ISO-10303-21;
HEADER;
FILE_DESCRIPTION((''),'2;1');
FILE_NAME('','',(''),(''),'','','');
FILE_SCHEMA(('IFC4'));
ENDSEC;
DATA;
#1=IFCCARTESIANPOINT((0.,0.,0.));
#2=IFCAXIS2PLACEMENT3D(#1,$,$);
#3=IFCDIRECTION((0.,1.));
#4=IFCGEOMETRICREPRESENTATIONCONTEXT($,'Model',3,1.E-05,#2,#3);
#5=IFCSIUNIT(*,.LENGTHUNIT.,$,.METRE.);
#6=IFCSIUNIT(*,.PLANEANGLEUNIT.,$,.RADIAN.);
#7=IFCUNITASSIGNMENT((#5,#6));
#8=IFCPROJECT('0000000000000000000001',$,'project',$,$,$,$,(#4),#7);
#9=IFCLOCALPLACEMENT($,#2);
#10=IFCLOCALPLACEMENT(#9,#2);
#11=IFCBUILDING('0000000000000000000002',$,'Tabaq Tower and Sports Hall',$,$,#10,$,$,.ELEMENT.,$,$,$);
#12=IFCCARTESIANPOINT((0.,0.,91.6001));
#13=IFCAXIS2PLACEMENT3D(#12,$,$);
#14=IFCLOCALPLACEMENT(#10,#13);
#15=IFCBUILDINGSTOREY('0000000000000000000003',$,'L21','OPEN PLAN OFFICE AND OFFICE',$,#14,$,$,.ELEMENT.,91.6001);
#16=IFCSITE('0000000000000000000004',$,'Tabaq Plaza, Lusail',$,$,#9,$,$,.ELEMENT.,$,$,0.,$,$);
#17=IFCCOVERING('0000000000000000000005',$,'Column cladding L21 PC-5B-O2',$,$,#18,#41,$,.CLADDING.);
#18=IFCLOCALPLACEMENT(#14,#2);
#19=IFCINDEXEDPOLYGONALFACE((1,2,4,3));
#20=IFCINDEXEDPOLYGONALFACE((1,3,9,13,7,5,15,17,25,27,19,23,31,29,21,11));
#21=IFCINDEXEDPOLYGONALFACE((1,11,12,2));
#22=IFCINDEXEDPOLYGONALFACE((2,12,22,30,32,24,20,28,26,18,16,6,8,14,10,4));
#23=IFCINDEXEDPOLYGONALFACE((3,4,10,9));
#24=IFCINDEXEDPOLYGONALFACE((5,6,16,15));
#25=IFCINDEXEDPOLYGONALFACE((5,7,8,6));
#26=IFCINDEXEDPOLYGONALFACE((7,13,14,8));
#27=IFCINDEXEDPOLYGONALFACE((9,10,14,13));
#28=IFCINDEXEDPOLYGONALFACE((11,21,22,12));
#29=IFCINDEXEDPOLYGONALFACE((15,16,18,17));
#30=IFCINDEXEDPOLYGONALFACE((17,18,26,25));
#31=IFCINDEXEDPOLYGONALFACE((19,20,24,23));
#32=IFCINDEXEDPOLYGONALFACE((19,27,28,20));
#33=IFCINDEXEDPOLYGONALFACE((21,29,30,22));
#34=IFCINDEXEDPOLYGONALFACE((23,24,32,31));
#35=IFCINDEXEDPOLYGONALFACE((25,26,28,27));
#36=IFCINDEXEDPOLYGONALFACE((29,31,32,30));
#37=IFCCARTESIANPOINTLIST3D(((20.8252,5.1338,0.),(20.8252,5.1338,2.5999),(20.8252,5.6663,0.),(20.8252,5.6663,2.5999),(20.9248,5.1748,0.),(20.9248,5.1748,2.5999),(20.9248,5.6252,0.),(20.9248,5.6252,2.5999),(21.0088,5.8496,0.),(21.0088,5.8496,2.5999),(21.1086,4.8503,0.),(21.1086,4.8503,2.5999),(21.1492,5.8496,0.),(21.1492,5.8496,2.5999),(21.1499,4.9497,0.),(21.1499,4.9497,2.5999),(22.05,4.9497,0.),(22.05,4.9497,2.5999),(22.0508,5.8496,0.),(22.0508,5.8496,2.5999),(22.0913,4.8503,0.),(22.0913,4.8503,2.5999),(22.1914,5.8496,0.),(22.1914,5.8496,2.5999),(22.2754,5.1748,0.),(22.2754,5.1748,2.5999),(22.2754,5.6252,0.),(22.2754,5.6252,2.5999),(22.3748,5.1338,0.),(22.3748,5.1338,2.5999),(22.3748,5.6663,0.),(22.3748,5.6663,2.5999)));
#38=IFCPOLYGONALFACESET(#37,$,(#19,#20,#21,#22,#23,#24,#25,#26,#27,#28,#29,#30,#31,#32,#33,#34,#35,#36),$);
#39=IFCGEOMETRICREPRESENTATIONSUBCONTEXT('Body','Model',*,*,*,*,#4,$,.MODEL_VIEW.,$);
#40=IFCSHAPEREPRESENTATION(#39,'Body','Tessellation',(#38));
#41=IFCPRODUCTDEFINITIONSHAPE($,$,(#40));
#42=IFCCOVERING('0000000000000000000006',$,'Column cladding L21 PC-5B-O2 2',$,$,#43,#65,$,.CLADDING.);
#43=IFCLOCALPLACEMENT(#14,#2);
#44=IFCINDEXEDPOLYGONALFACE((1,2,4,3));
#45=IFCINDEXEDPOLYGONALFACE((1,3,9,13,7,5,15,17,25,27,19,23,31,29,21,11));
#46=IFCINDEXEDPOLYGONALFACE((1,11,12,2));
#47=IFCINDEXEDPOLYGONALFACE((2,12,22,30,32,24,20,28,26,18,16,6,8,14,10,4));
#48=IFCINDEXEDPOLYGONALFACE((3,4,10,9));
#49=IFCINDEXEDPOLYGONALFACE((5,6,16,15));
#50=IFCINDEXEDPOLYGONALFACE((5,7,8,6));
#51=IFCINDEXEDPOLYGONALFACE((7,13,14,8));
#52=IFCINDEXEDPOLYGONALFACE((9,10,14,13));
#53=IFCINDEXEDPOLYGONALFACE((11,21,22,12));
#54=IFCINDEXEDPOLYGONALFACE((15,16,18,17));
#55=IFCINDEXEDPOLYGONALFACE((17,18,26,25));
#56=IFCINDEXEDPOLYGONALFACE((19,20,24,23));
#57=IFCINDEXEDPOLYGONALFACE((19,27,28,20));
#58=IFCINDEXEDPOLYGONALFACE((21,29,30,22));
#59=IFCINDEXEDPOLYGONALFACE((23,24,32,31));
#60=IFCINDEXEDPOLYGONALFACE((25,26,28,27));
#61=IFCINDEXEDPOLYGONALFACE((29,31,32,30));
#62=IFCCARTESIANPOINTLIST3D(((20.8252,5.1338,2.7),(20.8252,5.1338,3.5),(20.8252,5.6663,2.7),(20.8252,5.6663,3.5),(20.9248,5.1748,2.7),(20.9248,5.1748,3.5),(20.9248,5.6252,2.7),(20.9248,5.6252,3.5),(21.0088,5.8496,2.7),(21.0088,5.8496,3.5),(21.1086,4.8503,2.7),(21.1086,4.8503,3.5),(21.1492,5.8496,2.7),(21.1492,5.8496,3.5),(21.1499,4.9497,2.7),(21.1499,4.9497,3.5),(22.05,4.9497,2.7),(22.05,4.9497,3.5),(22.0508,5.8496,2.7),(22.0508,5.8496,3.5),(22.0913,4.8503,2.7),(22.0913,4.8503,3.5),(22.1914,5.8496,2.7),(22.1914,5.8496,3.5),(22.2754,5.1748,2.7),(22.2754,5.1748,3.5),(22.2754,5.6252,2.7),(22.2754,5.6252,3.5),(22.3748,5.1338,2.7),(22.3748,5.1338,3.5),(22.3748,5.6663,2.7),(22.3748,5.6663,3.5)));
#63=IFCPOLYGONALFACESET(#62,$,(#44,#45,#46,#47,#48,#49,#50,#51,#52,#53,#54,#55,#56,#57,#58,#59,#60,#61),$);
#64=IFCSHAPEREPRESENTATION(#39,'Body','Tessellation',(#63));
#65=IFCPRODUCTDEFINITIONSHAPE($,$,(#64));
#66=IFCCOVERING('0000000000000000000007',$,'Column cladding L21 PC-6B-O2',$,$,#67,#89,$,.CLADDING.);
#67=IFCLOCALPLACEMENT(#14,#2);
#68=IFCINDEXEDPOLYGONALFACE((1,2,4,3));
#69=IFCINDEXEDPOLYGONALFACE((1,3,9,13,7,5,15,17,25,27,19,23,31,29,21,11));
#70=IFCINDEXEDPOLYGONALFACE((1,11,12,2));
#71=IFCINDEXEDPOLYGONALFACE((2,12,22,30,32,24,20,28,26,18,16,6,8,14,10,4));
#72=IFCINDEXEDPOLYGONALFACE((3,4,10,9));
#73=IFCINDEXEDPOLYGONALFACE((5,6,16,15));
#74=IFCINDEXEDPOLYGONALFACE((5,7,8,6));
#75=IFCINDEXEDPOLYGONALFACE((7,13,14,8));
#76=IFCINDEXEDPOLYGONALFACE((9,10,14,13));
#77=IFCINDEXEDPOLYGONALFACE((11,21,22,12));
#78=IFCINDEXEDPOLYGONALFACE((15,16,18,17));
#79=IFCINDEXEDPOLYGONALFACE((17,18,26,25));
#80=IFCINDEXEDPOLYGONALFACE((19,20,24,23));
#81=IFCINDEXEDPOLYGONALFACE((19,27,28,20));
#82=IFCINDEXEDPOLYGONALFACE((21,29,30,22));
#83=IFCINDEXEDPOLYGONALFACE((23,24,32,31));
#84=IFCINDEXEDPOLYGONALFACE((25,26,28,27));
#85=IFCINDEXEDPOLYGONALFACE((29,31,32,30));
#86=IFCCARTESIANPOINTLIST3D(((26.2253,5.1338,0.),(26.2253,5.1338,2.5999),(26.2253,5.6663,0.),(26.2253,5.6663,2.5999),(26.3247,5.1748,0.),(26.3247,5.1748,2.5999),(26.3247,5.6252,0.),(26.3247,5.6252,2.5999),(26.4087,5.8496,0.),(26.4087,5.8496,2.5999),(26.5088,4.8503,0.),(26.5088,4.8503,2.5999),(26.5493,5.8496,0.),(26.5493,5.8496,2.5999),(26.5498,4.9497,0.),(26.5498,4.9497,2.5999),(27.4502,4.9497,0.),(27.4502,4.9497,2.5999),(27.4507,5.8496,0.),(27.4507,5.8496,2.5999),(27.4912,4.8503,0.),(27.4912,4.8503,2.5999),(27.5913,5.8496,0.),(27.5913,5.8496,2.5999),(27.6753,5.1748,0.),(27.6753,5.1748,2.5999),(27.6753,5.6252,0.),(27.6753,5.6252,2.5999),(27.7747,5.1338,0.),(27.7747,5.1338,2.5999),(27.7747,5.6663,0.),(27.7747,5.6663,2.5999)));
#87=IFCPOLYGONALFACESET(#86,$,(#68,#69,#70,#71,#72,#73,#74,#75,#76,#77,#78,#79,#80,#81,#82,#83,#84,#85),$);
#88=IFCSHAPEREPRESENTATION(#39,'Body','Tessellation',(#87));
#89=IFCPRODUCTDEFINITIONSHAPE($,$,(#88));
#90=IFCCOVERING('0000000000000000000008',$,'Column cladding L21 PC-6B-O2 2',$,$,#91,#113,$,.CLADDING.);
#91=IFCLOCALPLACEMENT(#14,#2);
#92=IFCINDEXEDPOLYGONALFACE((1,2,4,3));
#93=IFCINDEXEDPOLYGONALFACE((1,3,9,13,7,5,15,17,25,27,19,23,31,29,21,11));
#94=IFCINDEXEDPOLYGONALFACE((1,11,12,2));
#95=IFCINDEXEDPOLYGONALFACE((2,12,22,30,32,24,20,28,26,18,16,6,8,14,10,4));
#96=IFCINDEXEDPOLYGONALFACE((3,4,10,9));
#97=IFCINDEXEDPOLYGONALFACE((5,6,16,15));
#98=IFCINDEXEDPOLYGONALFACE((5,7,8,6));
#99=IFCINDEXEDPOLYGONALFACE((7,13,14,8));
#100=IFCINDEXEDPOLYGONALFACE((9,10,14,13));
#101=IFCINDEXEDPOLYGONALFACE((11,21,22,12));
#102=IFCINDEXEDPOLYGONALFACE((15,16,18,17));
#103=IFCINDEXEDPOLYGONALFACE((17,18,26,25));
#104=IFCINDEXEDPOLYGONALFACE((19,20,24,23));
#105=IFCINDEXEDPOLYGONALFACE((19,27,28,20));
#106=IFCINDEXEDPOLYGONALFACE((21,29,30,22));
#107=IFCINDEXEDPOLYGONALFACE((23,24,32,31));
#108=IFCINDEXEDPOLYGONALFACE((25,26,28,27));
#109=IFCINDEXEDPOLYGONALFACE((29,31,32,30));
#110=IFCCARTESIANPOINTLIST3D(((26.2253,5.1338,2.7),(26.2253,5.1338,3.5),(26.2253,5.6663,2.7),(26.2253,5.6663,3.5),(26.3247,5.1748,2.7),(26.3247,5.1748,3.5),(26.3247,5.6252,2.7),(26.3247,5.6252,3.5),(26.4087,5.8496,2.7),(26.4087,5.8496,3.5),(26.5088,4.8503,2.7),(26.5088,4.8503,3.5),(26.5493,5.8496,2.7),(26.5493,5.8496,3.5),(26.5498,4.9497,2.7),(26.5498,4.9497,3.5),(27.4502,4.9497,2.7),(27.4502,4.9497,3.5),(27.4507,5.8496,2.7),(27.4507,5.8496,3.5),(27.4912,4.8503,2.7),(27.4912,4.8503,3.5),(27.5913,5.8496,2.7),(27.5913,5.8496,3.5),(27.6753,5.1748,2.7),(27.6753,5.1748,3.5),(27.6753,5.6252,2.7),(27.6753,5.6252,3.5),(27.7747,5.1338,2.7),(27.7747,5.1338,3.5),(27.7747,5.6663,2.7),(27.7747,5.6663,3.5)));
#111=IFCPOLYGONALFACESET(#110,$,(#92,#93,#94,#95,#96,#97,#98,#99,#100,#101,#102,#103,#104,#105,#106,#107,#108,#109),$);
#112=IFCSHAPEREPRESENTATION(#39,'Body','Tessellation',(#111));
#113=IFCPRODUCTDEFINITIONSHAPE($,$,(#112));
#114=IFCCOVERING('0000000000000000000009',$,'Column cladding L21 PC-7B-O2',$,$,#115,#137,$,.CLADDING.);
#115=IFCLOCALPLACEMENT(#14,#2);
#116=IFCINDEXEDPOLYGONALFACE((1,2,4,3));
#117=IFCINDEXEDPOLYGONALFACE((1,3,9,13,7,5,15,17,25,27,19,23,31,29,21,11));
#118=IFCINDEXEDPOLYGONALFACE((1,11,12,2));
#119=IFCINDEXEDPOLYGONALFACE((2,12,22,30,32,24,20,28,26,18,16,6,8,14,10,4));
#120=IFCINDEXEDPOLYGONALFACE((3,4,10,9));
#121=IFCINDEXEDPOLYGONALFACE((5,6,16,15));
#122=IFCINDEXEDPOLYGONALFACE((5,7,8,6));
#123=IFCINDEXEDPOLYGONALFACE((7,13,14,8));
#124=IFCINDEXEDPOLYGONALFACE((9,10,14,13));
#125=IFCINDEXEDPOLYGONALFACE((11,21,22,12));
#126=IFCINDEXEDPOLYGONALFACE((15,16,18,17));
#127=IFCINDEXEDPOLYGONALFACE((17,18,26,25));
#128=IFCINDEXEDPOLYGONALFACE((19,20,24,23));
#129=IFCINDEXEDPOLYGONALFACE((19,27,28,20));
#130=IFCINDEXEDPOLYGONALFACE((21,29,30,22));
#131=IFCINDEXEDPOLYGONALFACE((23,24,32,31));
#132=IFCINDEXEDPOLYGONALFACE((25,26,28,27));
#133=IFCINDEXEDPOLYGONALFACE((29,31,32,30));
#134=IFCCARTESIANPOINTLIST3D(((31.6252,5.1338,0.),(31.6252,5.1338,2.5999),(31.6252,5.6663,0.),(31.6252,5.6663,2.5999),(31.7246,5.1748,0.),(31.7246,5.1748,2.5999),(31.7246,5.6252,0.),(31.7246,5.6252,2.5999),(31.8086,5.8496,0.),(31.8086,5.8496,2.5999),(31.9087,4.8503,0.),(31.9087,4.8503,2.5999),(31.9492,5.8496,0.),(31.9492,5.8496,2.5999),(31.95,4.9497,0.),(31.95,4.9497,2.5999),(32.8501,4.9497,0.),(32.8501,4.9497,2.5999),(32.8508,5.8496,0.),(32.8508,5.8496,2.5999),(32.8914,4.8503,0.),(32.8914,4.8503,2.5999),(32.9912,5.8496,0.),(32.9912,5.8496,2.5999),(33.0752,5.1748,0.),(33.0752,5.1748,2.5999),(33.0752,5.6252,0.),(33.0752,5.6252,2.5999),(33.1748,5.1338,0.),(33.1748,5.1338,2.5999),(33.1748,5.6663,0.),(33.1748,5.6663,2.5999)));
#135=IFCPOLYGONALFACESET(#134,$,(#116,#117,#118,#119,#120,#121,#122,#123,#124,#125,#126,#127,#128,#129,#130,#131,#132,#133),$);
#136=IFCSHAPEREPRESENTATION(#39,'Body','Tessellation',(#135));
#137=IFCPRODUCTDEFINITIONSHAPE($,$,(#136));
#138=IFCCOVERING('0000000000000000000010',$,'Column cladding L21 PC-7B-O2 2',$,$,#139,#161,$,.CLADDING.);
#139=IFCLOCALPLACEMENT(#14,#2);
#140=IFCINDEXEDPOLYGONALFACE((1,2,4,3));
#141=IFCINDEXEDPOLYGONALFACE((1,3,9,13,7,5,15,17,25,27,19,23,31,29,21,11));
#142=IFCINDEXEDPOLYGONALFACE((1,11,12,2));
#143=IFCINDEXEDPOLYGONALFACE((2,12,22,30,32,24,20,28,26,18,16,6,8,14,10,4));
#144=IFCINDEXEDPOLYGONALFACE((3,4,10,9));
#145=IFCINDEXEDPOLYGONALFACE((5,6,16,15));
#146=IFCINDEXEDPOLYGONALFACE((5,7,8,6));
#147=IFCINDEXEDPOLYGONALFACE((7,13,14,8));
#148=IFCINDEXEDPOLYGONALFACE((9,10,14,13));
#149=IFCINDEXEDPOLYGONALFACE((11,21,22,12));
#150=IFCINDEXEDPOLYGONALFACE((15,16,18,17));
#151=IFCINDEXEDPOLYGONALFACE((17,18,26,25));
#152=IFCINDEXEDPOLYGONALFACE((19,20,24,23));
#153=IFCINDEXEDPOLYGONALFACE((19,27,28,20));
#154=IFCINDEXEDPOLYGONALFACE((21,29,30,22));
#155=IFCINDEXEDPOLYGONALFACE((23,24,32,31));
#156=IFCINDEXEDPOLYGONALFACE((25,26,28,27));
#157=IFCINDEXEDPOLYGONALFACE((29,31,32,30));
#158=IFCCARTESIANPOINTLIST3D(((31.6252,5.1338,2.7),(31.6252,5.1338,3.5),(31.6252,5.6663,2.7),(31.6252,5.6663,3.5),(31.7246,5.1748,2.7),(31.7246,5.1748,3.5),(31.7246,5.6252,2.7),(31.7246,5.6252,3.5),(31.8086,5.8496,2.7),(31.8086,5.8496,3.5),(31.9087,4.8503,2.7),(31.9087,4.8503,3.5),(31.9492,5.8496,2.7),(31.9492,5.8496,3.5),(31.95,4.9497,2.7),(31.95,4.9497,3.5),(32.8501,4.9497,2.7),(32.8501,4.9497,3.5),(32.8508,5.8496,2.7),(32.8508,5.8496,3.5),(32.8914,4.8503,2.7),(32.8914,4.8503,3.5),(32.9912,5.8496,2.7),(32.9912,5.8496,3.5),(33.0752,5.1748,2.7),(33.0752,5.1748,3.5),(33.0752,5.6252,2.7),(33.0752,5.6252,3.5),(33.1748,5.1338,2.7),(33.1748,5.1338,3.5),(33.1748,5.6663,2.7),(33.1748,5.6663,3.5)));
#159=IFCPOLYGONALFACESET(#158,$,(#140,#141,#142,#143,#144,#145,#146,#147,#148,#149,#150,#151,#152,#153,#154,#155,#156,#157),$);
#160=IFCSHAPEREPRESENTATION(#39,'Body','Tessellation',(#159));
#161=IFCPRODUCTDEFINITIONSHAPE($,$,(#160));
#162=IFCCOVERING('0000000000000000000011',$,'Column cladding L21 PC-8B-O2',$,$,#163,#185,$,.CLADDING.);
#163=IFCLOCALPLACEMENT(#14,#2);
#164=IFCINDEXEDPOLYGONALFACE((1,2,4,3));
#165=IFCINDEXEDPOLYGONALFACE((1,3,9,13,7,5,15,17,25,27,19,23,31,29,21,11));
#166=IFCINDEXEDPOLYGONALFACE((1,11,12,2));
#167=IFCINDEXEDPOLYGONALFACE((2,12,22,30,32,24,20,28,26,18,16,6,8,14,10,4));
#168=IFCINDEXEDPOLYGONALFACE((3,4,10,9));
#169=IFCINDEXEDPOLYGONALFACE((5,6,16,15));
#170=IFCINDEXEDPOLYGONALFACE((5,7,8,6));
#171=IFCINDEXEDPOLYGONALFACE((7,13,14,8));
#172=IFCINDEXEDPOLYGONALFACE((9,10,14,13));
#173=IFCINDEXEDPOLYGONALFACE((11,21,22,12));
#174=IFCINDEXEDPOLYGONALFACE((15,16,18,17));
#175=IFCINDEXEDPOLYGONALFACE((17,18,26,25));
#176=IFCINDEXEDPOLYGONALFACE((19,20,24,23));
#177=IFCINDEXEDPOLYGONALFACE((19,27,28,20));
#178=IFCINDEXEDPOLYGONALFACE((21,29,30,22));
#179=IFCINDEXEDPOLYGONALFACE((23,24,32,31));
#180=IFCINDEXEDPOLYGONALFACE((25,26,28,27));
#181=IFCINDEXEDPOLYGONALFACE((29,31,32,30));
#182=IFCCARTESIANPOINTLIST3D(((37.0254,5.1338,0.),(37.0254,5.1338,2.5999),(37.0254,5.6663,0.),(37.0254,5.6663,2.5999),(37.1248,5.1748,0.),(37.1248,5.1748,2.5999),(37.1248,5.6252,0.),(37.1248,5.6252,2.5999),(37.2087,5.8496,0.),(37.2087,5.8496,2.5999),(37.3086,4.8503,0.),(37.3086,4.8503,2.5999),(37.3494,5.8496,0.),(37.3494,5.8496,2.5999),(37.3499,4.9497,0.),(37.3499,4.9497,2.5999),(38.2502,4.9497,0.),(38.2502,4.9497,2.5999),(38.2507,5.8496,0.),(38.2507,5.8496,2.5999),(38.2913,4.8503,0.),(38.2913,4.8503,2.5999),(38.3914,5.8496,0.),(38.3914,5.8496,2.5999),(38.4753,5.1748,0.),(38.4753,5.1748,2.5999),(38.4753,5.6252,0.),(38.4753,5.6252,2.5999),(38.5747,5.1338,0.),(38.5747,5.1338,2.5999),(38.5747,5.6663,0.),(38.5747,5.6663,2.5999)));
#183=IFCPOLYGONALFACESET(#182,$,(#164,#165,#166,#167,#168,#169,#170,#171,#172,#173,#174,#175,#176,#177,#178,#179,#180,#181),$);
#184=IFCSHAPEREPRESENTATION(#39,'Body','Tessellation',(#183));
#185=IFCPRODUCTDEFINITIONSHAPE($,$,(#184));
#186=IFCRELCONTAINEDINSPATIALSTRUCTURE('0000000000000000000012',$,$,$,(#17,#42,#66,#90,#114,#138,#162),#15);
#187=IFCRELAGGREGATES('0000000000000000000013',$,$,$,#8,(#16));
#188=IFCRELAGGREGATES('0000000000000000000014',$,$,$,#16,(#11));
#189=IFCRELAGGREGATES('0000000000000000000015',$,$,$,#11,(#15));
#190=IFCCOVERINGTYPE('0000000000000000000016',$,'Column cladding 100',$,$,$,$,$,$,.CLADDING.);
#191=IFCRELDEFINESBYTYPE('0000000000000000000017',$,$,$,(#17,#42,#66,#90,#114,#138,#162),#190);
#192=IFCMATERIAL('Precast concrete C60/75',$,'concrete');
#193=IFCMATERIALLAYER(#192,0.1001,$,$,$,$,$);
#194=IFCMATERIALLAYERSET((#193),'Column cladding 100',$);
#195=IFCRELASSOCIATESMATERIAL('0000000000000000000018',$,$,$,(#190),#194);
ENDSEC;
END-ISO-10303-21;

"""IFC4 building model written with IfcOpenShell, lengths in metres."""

from ifc_helpers import new_model, si_unit, direction, frame, origin, place, context, subcontext, project, spatial, polyline, outline, extrude, material, layer, layer_set, type_object, element, save


model = new_model("IFC4")

# Units and contexts
model_context = context("Model", 3, precision=1e-05, world=origin(), true_north=direction((0.0, 1.0)))
body_context = subcontext(model_context, "Body", "Model", "MODEL_VIEW")
ifc_project = project(units=[si_unit("LENGTHUNIT", "METRE"), si_unit("PLANEANGLEUNIT", "RADIAN")], contexts=[model_context])

# Site, building, storey
site_placement = place(None, origin())
site = spatial("IfcSite", under=ifc_project, at=site_placement, Name="Tabaq Plaza, Lusail", CompositionType="ELEMENT", RefElevation=0.0)
building_placement = place(site_placement, origin())
building = spatial("IfcBuilding", under=site, at=building_placement, Name="Tabaq Tower and Sports Hall", CompositionType="ELEMENT")
storey_placement = place(building_placement, frame((0.0, 0.0, 91.6001)))
storey = spatial("IfcBuildingStorey", under=building, at=storey_placement, Name="L21", Description="OPEN PLAN OFFICE AND OFFICE", CompositionType="ELEMENT", Elevation=91.6001)

# Coverings
ifc_material_1 = material(Name="Precast concrete C60/75", Category="concrete")
ifc_layer_1 = layer(ifc_material_1, 0.1001)
ifc_layer_set_1 = layer_set([ifc_layer_1], Name="Column cladding 100")
covering_type = type_object("IfcCoveringType", Name="Column cladding 100", PredefinedType="CLADDING", material=ifc_layer_set_1)
covering_1_placement = place(storey_placement, origin())
element("IfcCovering", 1, at=covering_1_placement, inside=storey, type_object=covering_type, Name="Column cladding L21 PC-5B-O2", PredefinedType="CLADDING", context=body_context, shape_type="SweptSolid", body=[
    extrude(outline(polyline([(20.8252, 5.6663), (21.0088, 5.8496), (21.1492, 5.8496), (20.9248, 5.6252), (20.9248, 5.1748), (21.1499, 4.9497), (22.05, 4.9497), (22.2754, 5.1748), (22.2754, 5.6252), (22.0508, 5.8496), (22.1914, 5.8496), (22.3748, 5.6663), (22.3748, 5.1338), (22.0913, 4.8503), (21.1086, 4.8503), (20.8252, 5.1338), (20.8252, 5.6663)])), origin(), (0.0, 0.0, 1.0), 2.5999),
])
covering_2_placement = place(storey_placement, frame((0.0, 0.0, 2.7)))
element("IfcCovering", 2, at=covering_2_placement, inside=storey, type_object=covering_type, Name="Column cladding L21 PC-5B-O2 2", PredefinedType="CLADDING", context=body_context, shape_type="SweptSolid", body=[
    extrude(outline(polyline([(20.8252, 5.6663), (21.0088, 5.8496), (21.1492, 5.8496), (20.9248, 5.6252), (20.9248, 5.1748), (21.1499, 4.9497), (22.05, 4.9497), (22.2754, 5.1748), (22.2754, 5.6252), (22.0508, 5.8496), (22.1914, 5.8496), (22.3748, 5.6663), (22.3748, 5.1338), (22.0913, 4.8503), (21.1086, 4.8503), (20.8252, 5.1338), (20.8252, 5.6663)])), origin(), (0.0, 0.0, 1.0), 0.8),
])
covering_3_placement = place(storey_placement, origin())
element("IfcCovering", 3, at=covering_3_placement, inside=storey, type_object=covering_type, Name="Column cladding L21 PC-6B-O2", PredefinedType="CLADDING", context=body_context, shape_type="SweptSolid", body=[
    extrude(outline(polyline([(26.2253, 5.6663), (26.4087, 5.8496), (26.5493, 5.8496), (26.3247, 5.6252), (26.3247, 5.1748), (26.5498, 4.9497), (27.4502, 4.9497), (27.6753, 5.1748), (27.6753, 5.6252), (27.4507, 5.8496), (27.5913, 5.8496), (27.7747, 5.6663), (27.7747, 5.1338), (27.4912, 4.8503), (26.5088, 4.8503), (26.2253, 5.1338), (26.2253, 5.6663)])), origin(), (0.0, 0.0, 1.0), 2.5999),
])
covering_4_placement = place(storey_placement, frame((0.0, 0.0, 2.7)))
element("IfcCovering", 4, at=covering_4_placement, inside=storey, type_object=covering_type, Name="Column cladding L21 PC-6B-O2 2", PredefinedType="CLADDING", context=body_context, shape_type="SweptSolid", body=[
    extrude(outline(polyline([(26.2253, 5.6663), (26.4087, 5.8496), (26.5493, 5.8496), (26.3247, 5.6252), (26.3247, 5.1748), (26.5498, 4.9497), (27.4502, 4.9497), (27.6753, 5.1748), (27.6753, 5.6252), (27.4507, 5.8496), (27.5913, 5.8496), (27.7747, 5.6663), (27.7747, 5.1338), (27.4912, 4.8503), (26.5088, 4.8503), (26.2253, 5.1338), (26.2253, 5.6663)])), origin(), (0.0, 0.0, 1.0), 0.8),
])
covering_5_placement = place(storey_placement, origin())
element("IfcCovering", 5, at=covering_5_placement, inside=storey, type_object=covering_type, Name="Column cladding L21 PC-7B-O2", PredefinedType="CLADDING", context=body_context, shape_type="SweptSolid", body=[
    extrude(outline(polyline([(31.6252, 5.6663), (31.8086, 5.8496), (31.9492, 5.8496), (31.7246, 5.6252), (31.7246, 5.1748), (31.95, 4.9497), (32.8501, 4.9497), (33.0752, 5.1748), (33.0752, 5.6252), (32.8508, 5.8496), (32.9912, 5.8496), (33.1748, 5.6663), (33.1748, 5.1338), (32.8914, 4.8503), (31.9087, 4.8503), (31.6252, 5.1338), (31.6252, 5.6663)])), origin(), (0.0, 0.0, 1.0), 2.5999),
])
covering_6_placement = place(storey_placement, frame((0.0, 0.0, 2.7)))
element("IfcCovering", 6, at=covering_6_placement, inside=storey, type_object=covering_type, Name="Column cladding L21 PC-7B-O2 2", PredefinedType="CLADDING", context=body_context, shape_type="SweptSolid", body=[
    extrude(outline(polyline([(31.6252, 5.6663), (31.8086, 5.8496), (31.9492, 5.8496), (31.7246, 5.6252), (31.7246, 5.1748), (31.95, 4.9497), (32.8501, 4.9497), (33.0752, 5.1748), (33.0752, 5.6252), (32.8508, 5.8496), (32.9912, 5.8496), (33.1748, 5.6663), (33.1748, 5.1338), (32.8914, 4.8503), (31.9087, 4.8503), (31.6252, 5.1338), (31.6252, 5.6663)])), origin(), (0.0, 0.0, 1.0), 0.8),
])
covering_7_placement = place(storey_placement, origin())
element("IfcCovering", 7, at=covering_7_placement, inside=storey, type_object=covering_type, Name="Column cladding L21 PC-8B-O2", PredefinedType="CLADDING", context=body_context, shape_type="SweptSolid", body=[
    extrude(outline(polyline([(37.0254, 5.6663), (37.2087, 5.8496), (37.3494, 5.8496), (37.1248, 5.6252), (37.1248, 5.1748), (37.3499, 4.9497), (38.2502, 4.9497), (38.4753, 5.1748), (38.4753, 5.6252), (38.2507, 5.8496), (38.3914, 5.8496), (38.5747, 5.6663), (38.5747, 5.1338), (38.2913, 4.8503), (37.3086, 4.8503), (37.0254, 5.1338), (37.0254, 5.6663)])), origin(), (0.0, 0.0, 1.0), 2.5999),
])

save(model, "model.ifc")
